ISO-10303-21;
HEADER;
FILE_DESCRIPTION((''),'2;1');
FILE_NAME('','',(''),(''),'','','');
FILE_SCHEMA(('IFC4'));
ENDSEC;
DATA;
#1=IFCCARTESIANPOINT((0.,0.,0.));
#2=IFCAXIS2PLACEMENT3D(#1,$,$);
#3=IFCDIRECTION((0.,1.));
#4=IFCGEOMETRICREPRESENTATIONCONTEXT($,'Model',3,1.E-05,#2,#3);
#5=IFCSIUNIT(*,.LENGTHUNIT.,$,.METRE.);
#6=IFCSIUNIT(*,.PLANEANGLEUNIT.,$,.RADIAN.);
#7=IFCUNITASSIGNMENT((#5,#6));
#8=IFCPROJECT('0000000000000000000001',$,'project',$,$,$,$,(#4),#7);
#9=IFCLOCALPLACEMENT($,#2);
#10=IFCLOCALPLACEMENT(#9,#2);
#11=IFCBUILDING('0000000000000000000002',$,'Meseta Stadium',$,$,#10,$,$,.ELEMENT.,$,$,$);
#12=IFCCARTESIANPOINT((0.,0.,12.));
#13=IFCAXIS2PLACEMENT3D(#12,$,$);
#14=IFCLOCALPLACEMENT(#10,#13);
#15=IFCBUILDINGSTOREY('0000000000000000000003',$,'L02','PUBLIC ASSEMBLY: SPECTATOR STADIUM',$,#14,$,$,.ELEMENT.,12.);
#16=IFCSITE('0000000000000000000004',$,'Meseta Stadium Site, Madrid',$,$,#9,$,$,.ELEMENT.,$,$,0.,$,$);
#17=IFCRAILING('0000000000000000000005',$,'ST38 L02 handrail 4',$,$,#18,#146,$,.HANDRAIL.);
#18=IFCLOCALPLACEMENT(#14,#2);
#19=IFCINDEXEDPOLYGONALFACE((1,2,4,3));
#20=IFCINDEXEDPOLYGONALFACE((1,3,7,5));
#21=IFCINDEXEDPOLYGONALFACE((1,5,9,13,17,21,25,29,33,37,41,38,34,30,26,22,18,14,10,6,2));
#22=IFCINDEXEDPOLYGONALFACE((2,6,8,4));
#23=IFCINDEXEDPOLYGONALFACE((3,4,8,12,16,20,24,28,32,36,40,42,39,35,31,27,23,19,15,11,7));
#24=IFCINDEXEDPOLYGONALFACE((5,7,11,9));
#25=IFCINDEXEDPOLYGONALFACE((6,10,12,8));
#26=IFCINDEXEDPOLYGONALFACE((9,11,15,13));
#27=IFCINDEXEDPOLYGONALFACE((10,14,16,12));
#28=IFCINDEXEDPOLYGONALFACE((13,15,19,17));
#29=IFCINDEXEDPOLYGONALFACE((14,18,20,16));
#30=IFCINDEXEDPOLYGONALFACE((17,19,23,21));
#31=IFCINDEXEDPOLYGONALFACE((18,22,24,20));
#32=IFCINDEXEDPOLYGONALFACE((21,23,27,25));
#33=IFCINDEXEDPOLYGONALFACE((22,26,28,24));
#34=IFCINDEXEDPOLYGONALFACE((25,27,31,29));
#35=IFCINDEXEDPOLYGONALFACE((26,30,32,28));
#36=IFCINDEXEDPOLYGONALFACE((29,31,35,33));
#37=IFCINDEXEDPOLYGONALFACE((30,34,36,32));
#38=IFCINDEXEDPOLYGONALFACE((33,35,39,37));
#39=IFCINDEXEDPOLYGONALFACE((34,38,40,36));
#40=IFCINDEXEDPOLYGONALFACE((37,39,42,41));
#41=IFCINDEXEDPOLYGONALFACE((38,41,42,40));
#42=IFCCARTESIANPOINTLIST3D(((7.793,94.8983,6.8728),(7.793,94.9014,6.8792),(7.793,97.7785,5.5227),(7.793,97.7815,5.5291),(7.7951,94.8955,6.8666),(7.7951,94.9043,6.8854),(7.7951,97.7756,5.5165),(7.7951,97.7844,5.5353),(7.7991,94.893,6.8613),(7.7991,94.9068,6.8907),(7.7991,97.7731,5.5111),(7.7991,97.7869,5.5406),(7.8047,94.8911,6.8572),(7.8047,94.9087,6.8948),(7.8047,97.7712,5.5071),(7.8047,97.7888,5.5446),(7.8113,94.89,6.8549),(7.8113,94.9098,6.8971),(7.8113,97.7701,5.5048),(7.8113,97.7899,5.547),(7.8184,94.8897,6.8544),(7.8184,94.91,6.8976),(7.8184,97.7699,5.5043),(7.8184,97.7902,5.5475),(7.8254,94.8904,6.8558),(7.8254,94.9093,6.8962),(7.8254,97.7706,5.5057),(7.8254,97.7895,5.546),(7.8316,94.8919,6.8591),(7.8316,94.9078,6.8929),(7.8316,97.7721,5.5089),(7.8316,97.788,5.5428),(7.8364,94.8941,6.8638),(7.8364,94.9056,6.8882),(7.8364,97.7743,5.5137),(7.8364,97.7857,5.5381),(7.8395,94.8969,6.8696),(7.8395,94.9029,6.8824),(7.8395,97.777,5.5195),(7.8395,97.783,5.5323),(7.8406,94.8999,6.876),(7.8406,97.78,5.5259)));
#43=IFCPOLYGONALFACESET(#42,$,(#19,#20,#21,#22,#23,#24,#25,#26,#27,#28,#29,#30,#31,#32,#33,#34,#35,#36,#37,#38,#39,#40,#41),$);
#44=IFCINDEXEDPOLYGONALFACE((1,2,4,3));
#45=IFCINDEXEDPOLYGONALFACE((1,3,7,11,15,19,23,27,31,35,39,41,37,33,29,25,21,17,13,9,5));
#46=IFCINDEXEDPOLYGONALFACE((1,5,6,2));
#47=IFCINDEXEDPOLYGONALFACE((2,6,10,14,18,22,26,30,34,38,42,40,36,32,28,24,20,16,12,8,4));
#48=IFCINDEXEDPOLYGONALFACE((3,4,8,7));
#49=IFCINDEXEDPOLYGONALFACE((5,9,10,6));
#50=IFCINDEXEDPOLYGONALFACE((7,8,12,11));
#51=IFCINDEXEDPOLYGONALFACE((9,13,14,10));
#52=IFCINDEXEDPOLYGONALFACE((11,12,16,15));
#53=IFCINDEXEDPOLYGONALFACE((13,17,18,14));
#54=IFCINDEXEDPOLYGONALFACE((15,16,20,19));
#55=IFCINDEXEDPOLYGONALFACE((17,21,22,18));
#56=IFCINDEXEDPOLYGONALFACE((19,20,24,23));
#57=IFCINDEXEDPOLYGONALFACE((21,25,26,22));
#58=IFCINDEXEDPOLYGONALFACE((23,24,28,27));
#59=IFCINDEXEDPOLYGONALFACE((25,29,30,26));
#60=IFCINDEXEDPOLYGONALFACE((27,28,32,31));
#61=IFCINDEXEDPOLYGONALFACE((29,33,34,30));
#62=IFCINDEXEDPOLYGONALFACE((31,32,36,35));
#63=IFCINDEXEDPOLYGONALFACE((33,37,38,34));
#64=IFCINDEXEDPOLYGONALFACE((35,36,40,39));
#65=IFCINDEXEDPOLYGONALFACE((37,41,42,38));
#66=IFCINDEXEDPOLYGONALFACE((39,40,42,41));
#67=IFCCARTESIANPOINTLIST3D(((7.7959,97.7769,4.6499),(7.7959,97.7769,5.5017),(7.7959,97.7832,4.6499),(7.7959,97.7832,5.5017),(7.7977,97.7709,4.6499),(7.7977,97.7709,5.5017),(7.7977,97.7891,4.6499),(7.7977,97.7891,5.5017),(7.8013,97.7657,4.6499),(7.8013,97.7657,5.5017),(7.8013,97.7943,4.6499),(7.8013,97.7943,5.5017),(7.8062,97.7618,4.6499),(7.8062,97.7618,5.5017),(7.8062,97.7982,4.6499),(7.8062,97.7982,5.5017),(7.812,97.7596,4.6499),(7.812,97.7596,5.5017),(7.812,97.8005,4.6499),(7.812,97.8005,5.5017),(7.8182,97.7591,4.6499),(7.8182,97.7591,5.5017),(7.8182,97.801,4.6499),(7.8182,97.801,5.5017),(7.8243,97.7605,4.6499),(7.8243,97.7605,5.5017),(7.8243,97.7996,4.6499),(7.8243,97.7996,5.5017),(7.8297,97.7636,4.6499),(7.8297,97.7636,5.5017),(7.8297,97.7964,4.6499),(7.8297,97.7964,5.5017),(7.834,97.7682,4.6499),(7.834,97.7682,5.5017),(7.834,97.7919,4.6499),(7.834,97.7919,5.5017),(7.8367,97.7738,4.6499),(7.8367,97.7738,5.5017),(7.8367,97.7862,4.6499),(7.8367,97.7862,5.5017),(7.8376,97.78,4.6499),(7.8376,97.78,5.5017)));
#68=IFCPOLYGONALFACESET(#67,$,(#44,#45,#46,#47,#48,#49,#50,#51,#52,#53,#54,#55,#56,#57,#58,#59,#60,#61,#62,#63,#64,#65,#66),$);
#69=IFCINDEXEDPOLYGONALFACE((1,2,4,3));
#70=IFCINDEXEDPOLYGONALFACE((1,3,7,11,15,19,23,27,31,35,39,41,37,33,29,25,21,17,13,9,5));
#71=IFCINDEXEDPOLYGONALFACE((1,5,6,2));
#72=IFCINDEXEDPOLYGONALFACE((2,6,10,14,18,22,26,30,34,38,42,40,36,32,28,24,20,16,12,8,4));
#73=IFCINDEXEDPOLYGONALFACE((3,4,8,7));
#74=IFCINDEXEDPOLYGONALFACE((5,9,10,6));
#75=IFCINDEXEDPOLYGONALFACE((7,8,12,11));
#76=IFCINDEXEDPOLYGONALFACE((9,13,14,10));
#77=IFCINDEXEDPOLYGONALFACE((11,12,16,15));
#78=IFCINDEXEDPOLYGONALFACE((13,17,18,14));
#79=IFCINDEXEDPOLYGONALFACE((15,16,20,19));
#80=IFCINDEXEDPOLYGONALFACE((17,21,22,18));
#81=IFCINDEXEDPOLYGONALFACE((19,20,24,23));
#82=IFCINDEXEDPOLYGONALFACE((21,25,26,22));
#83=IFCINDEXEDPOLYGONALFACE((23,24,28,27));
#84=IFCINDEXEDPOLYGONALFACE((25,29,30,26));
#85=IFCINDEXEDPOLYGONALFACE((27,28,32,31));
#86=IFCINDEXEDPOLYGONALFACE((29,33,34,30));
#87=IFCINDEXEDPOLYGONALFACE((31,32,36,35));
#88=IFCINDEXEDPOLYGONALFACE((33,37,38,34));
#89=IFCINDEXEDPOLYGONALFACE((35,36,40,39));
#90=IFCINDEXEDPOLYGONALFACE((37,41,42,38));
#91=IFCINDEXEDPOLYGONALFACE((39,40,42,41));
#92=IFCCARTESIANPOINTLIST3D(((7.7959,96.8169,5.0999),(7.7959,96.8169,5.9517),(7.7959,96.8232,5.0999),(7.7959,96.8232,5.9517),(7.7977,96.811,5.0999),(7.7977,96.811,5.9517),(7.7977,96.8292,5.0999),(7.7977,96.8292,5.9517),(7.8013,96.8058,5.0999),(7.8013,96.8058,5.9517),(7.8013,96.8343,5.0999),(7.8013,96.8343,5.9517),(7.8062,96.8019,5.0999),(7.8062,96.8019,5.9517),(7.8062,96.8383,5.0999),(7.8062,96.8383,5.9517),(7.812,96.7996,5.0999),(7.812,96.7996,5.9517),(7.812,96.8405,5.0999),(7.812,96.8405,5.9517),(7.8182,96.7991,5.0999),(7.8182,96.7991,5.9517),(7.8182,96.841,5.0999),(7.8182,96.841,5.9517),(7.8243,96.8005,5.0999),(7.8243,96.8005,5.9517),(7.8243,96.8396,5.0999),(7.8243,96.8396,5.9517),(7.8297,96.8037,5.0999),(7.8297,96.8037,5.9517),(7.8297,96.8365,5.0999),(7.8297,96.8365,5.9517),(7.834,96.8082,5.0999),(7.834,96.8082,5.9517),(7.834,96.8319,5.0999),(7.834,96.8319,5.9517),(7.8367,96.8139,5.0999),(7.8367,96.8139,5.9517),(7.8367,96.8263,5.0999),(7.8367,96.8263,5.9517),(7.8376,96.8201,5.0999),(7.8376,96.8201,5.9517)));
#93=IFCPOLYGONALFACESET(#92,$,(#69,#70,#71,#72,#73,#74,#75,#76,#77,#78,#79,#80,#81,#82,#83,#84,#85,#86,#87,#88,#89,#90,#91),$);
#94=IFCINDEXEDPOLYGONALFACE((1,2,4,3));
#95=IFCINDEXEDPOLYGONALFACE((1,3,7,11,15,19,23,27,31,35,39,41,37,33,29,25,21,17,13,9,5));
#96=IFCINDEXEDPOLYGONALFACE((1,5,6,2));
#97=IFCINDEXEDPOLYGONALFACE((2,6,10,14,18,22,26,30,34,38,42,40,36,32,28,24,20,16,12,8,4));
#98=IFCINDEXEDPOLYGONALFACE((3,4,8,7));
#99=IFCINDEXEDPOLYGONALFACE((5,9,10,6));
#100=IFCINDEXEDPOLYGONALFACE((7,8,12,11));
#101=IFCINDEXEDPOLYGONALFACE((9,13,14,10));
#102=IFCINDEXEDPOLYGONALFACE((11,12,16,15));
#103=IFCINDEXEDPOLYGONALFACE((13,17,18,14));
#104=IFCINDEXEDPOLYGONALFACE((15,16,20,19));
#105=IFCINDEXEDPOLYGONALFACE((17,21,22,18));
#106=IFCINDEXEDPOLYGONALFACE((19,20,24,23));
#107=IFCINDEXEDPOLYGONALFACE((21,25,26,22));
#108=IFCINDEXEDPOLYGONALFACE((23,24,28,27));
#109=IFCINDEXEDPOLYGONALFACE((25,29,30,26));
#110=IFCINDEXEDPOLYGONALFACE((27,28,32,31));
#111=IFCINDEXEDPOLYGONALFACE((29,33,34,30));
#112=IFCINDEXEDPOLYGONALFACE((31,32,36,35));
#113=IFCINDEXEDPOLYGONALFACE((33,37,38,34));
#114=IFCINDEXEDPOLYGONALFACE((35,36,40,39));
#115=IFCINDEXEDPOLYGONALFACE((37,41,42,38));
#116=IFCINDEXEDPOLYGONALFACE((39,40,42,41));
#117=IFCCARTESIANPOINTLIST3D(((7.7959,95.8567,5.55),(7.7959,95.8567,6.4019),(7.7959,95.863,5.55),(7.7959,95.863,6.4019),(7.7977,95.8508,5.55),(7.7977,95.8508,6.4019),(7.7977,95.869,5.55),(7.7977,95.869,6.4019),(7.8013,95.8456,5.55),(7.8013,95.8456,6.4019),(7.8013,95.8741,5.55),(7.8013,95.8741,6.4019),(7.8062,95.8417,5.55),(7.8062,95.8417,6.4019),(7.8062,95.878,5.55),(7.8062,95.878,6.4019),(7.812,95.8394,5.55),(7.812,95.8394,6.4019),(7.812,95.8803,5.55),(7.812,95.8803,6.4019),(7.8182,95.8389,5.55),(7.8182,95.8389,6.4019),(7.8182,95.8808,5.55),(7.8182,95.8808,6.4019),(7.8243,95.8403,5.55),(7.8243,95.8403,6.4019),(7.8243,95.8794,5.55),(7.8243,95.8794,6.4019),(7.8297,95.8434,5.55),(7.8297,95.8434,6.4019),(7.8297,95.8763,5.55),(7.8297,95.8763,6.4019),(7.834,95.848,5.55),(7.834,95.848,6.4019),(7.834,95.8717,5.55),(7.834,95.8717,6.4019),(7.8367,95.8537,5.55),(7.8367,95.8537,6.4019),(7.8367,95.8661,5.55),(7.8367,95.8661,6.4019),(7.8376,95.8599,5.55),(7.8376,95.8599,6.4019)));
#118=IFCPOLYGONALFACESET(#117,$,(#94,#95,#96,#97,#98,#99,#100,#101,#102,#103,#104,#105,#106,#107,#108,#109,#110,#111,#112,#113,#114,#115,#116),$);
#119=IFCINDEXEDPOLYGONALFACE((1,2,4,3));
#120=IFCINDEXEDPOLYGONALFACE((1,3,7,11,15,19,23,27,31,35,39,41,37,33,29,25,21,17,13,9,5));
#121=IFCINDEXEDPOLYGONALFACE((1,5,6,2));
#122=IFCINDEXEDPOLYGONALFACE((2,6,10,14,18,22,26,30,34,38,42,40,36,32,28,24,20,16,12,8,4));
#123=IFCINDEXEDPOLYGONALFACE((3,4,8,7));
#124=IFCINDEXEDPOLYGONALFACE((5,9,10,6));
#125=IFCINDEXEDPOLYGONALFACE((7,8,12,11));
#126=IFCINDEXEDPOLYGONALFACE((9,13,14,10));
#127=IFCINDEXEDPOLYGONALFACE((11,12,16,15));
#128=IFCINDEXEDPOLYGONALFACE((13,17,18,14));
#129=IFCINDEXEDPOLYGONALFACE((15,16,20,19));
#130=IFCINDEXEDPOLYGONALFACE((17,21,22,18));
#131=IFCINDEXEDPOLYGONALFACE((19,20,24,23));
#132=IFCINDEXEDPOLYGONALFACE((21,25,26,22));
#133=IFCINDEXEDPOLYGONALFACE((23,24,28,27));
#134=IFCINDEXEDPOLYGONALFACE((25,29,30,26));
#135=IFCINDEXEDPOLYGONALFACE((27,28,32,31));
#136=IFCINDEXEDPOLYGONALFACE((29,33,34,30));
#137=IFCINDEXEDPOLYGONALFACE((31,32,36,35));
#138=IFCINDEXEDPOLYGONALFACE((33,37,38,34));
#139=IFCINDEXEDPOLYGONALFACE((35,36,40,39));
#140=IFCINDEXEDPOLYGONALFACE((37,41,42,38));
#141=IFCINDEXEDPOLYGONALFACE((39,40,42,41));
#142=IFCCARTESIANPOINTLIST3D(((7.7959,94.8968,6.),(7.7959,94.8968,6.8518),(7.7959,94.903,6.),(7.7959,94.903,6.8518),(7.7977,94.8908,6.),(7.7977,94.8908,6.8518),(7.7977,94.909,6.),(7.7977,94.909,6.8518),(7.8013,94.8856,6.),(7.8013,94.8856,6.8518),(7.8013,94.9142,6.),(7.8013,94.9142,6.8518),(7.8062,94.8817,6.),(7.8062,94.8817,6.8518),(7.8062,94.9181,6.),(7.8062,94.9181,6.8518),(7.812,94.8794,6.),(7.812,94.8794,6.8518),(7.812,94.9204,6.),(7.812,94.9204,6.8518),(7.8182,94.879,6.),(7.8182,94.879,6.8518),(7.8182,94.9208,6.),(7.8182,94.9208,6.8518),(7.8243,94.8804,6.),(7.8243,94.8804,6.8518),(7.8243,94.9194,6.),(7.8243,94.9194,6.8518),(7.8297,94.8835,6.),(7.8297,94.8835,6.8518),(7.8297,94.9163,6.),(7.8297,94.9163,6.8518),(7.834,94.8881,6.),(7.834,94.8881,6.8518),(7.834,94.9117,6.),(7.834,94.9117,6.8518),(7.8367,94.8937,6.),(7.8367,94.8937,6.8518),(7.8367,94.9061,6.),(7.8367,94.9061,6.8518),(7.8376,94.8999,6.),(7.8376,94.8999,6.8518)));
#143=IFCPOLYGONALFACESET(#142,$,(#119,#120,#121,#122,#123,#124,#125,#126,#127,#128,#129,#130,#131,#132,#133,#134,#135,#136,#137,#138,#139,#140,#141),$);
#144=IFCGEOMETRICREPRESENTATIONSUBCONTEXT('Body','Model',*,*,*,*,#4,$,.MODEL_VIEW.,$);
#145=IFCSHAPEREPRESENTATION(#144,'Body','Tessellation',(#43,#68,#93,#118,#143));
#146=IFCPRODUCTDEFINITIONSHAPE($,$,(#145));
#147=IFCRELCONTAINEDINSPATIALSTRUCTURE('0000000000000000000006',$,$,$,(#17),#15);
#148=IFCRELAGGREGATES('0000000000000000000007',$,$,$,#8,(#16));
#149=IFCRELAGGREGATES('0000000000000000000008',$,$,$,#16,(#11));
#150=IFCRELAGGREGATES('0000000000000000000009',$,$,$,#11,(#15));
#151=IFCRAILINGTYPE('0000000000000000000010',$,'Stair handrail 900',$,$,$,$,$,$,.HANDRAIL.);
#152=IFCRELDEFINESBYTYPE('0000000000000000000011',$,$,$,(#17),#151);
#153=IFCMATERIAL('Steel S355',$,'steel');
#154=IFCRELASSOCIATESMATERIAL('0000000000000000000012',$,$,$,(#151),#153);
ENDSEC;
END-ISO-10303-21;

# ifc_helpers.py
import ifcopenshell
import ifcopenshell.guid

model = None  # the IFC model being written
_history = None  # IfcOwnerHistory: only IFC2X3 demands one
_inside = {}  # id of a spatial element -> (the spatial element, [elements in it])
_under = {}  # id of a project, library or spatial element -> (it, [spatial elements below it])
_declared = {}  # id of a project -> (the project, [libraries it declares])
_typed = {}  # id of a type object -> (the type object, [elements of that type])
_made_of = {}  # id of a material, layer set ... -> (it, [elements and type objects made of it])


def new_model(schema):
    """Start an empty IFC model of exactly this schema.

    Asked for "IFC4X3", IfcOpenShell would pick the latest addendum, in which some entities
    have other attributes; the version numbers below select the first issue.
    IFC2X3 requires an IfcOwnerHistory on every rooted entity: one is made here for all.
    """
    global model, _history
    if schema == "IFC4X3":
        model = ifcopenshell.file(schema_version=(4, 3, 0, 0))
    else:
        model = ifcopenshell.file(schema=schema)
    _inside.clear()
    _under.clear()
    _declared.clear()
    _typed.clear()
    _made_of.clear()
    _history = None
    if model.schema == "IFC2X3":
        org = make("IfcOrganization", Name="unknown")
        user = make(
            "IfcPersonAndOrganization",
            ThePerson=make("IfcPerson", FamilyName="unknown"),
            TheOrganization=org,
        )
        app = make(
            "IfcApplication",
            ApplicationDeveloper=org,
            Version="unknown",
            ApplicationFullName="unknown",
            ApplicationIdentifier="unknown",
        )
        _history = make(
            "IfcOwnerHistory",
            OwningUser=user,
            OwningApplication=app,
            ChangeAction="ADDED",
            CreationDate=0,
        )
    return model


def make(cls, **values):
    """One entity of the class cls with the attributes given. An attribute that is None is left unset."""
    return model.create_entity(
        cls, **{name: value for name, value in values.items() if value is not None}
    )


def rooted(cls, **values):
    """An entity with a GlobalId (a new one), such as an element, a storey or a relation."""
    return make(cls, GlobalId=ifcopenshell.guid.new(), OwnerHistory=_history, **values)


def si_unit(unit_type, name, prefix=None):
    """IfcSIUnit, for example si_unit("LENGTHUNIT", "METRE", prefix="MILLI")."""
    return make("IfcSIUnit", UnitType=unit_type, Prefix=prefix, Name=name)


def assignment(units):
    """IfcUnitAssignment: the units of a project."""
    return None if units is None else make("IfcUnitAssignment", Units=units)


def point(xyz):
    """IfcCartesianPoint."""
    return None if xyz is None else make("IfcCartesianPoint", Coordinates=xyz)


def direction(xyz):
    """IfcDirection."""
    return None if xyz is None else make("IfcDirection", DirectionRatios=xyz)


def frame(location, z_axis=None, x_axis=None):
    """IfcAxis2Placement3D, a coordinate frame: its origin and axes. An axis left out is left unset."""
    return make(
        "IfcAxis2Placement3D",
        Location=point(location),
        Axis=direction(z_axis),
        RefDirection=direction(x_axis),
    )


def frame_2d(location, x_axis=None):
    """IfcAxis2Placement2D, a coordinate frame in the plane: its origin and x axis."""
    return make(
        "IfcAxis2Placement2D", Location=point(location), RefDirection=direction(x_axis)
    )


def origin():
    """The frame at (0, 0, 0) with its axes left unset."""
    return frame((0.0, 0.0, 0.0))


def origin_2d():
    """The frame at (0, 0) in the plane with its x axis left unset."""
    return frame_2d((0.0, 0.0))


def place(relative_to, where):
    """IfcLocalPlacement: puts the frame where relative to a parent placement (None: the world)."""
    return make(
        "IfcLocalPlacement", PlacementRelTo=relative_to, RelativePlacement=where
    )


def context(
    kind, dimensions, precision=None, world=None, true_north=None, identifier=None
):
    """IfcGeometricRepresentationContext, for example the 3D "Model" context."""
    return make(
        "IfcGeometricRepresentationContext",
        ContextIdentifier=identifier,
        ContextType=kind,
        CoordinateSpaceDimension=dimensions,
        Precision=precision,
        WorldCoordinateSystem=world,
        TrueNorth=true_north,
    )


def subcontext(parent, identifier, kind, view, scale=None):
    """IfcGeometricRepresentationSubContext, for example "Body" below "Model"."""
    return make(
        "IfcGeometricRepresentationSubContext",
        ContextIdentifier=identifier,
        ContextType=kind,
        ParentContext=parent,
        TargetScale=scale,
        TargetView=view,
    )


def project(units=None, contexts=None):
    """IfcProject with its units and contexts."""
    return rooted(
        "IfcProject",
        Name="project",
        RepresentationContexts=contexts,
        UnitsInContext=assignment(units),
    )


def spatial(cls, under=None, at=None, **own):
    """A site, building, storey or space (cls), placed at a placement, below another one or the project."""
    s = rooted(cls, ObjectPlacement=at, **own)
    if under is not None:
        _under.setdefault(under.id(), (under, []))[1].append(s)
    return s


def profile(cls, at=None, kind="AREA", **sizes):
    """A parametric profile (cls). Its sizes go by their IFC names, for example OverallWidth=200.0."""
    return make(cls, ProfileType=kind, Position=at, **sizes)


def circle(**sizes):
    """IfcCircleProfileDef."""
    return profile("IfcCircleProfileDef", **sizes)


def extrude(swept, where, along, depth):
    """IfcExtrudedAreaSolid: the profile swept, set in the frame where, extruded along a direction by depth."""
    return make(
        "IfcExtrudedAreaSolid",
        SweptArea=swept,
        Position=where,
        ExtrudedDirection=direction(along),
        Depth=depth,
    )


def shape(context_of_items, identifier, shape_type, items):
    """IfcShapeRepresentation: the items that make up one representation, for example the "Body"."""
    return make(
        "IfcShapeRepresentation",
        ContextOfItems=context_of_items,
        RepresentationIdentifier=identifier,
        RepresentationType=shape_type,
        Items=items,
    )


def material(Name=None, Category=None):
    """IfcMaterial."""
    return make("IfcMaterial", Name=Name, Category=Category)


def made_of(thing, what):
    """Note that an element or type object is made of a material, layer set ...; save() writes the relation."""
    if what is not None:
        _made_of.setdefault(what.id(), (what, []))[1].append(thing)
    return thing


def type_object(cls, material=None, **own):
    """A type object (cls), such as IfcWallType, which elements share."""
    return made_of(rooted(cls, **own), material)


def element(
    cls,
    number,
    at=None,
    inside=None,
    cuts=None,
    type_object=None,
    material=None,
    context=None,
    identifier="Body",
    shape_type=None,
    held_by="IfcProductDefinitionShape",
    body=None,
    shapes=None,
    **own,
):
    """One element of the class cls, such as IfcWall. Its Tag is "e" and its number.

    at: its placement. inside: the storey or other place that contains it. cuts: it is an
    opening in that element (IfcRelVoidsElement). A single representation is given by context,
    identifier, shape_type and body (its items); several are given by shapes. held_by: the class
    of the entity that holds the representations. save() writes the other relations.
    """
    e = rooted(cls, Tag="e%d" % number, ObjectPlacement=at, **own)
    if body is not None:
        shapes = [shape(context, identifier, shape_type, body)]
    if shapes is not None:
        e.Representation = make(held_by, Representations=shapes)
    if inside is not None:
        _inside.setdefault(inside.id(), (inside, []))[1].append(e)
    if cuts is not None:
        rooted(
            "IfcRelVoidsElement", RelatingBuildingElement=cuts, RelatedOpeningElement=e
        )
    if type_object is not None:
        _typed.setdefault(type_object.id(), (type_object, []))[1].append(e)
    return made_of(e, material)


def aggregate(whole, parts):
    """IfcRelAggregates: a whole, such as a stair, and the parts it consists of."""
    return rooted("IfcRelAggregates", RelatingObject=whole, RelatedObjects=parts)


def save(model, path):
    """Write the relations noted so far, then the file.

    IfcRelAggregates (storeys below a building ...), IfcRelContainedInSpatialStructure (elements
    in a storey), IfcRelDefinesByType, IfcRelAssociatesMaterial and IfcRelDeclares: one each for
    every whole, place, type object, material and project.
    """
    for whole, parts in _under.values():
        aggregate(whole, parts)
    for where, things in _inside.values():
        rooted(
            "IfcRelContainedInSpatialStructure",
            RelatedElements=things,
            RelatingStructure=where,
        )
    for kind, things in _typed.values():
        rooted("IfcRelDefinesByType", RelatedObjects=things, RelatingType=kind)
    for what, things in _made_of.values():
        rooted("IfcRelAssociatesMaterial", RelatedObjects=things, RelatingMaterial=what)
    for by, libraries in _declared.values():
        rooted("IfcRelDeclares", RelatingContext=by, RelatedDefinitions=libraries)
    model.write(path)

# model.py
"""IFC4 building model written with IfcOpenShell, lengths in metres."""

from ifc_helpers import new_model, si_unit, direction, frame, origin, origin_2d, place, context, subcontext, project, spatial, circle, extrude, material, type_object, element, save


model = new_model("IFC4")

# Units and contexts
model_context = context("Model", 3, precision=1e-05, world=origin(), true_north=direction((0.0, 1.0)))
body_context = subcontext(model_context, "Body", "Model", "MODEL_VIEW")
ifc_project = project(units=[si_unit("LENGTHUNIT", "METRE"), si_unit("PLANEANGLEUNIT", "RADIAN")], contexts=[model_context])

# Site, building, storey
site_placement = place(None, origin())
site = spatial("IfcSite", under=ifc_project, at=site_placement, Name="Meseta Stadium Site, Madrid", CompositionType="ELEMENT", RefElevation=0.0)
building_placement = place(site_placement, origin())
building = spatial("IfcBuilding", under=site, at=building_placement, Name="Meseta Stadium", CompositionType="ELEMENT")
storey_placement = place(building_placement, frame((0.0, 0.0, 12.0)))
storey = spatial("IfcBuildingStorey", under=building, at=storey_placement, Name="L02", Description="PUBLIC ASSEMBLY: SPECTATOR STADIUM", CompositionType="ELEMENT", Elevation=12.0)

# Railing
ifc_material_1 = material(Name="Steel S355", Category="steel")
railing_type_1 = type_object("IfcRailingType", Name="Stair handrail 900", PredefinedType="HANDRAIL", material=ifc_material_1)
railing_1_placement = place(storey_placement, frame((7.8167, 97.78, 4.6499)))
element("IfcRailing", 1, at=railing_1_placement, inside=storey, type_object=railing_type_1, Name="ST38 L02 handrail 4", PredefinedType="HANDRAIL", context=body_context, shape_type="SweptSolid", body=[
    extrude(circle(Radius=0.0239, at=origin_2d()), frame((0.0, 0.0, 0.876), z_axis=(0.0, -0.905454, 0.424444), x_axis=(1.0, 0.0, 0.0)), (0.0, 0.0, 1.0), 3.1809),
    extrude(circle(Radius=0.021, at=origin_2d()), origin(), (0.0, 0.0, 1.0), 0.8518),
    extrude(circle(Radius=0.021, at=origin_2d()), frame((0.0, -0.96, 0.45)), (0.0, 0.0, 1.0), 0.8518),
    extrude(circle(Radius=0.021, at=origin_2d()), frame((0.0, -1.9202, 0.9001)), (0.0, 0.0, 1.0), 0.8518),
    extrude(circle(Radius=0.021, at=origin_2d()), frame((0.0, -2.8801, 1.3501)), (0.0, 0.0, 1.0), 0.8518),
])

save(model, "model.ifc")
